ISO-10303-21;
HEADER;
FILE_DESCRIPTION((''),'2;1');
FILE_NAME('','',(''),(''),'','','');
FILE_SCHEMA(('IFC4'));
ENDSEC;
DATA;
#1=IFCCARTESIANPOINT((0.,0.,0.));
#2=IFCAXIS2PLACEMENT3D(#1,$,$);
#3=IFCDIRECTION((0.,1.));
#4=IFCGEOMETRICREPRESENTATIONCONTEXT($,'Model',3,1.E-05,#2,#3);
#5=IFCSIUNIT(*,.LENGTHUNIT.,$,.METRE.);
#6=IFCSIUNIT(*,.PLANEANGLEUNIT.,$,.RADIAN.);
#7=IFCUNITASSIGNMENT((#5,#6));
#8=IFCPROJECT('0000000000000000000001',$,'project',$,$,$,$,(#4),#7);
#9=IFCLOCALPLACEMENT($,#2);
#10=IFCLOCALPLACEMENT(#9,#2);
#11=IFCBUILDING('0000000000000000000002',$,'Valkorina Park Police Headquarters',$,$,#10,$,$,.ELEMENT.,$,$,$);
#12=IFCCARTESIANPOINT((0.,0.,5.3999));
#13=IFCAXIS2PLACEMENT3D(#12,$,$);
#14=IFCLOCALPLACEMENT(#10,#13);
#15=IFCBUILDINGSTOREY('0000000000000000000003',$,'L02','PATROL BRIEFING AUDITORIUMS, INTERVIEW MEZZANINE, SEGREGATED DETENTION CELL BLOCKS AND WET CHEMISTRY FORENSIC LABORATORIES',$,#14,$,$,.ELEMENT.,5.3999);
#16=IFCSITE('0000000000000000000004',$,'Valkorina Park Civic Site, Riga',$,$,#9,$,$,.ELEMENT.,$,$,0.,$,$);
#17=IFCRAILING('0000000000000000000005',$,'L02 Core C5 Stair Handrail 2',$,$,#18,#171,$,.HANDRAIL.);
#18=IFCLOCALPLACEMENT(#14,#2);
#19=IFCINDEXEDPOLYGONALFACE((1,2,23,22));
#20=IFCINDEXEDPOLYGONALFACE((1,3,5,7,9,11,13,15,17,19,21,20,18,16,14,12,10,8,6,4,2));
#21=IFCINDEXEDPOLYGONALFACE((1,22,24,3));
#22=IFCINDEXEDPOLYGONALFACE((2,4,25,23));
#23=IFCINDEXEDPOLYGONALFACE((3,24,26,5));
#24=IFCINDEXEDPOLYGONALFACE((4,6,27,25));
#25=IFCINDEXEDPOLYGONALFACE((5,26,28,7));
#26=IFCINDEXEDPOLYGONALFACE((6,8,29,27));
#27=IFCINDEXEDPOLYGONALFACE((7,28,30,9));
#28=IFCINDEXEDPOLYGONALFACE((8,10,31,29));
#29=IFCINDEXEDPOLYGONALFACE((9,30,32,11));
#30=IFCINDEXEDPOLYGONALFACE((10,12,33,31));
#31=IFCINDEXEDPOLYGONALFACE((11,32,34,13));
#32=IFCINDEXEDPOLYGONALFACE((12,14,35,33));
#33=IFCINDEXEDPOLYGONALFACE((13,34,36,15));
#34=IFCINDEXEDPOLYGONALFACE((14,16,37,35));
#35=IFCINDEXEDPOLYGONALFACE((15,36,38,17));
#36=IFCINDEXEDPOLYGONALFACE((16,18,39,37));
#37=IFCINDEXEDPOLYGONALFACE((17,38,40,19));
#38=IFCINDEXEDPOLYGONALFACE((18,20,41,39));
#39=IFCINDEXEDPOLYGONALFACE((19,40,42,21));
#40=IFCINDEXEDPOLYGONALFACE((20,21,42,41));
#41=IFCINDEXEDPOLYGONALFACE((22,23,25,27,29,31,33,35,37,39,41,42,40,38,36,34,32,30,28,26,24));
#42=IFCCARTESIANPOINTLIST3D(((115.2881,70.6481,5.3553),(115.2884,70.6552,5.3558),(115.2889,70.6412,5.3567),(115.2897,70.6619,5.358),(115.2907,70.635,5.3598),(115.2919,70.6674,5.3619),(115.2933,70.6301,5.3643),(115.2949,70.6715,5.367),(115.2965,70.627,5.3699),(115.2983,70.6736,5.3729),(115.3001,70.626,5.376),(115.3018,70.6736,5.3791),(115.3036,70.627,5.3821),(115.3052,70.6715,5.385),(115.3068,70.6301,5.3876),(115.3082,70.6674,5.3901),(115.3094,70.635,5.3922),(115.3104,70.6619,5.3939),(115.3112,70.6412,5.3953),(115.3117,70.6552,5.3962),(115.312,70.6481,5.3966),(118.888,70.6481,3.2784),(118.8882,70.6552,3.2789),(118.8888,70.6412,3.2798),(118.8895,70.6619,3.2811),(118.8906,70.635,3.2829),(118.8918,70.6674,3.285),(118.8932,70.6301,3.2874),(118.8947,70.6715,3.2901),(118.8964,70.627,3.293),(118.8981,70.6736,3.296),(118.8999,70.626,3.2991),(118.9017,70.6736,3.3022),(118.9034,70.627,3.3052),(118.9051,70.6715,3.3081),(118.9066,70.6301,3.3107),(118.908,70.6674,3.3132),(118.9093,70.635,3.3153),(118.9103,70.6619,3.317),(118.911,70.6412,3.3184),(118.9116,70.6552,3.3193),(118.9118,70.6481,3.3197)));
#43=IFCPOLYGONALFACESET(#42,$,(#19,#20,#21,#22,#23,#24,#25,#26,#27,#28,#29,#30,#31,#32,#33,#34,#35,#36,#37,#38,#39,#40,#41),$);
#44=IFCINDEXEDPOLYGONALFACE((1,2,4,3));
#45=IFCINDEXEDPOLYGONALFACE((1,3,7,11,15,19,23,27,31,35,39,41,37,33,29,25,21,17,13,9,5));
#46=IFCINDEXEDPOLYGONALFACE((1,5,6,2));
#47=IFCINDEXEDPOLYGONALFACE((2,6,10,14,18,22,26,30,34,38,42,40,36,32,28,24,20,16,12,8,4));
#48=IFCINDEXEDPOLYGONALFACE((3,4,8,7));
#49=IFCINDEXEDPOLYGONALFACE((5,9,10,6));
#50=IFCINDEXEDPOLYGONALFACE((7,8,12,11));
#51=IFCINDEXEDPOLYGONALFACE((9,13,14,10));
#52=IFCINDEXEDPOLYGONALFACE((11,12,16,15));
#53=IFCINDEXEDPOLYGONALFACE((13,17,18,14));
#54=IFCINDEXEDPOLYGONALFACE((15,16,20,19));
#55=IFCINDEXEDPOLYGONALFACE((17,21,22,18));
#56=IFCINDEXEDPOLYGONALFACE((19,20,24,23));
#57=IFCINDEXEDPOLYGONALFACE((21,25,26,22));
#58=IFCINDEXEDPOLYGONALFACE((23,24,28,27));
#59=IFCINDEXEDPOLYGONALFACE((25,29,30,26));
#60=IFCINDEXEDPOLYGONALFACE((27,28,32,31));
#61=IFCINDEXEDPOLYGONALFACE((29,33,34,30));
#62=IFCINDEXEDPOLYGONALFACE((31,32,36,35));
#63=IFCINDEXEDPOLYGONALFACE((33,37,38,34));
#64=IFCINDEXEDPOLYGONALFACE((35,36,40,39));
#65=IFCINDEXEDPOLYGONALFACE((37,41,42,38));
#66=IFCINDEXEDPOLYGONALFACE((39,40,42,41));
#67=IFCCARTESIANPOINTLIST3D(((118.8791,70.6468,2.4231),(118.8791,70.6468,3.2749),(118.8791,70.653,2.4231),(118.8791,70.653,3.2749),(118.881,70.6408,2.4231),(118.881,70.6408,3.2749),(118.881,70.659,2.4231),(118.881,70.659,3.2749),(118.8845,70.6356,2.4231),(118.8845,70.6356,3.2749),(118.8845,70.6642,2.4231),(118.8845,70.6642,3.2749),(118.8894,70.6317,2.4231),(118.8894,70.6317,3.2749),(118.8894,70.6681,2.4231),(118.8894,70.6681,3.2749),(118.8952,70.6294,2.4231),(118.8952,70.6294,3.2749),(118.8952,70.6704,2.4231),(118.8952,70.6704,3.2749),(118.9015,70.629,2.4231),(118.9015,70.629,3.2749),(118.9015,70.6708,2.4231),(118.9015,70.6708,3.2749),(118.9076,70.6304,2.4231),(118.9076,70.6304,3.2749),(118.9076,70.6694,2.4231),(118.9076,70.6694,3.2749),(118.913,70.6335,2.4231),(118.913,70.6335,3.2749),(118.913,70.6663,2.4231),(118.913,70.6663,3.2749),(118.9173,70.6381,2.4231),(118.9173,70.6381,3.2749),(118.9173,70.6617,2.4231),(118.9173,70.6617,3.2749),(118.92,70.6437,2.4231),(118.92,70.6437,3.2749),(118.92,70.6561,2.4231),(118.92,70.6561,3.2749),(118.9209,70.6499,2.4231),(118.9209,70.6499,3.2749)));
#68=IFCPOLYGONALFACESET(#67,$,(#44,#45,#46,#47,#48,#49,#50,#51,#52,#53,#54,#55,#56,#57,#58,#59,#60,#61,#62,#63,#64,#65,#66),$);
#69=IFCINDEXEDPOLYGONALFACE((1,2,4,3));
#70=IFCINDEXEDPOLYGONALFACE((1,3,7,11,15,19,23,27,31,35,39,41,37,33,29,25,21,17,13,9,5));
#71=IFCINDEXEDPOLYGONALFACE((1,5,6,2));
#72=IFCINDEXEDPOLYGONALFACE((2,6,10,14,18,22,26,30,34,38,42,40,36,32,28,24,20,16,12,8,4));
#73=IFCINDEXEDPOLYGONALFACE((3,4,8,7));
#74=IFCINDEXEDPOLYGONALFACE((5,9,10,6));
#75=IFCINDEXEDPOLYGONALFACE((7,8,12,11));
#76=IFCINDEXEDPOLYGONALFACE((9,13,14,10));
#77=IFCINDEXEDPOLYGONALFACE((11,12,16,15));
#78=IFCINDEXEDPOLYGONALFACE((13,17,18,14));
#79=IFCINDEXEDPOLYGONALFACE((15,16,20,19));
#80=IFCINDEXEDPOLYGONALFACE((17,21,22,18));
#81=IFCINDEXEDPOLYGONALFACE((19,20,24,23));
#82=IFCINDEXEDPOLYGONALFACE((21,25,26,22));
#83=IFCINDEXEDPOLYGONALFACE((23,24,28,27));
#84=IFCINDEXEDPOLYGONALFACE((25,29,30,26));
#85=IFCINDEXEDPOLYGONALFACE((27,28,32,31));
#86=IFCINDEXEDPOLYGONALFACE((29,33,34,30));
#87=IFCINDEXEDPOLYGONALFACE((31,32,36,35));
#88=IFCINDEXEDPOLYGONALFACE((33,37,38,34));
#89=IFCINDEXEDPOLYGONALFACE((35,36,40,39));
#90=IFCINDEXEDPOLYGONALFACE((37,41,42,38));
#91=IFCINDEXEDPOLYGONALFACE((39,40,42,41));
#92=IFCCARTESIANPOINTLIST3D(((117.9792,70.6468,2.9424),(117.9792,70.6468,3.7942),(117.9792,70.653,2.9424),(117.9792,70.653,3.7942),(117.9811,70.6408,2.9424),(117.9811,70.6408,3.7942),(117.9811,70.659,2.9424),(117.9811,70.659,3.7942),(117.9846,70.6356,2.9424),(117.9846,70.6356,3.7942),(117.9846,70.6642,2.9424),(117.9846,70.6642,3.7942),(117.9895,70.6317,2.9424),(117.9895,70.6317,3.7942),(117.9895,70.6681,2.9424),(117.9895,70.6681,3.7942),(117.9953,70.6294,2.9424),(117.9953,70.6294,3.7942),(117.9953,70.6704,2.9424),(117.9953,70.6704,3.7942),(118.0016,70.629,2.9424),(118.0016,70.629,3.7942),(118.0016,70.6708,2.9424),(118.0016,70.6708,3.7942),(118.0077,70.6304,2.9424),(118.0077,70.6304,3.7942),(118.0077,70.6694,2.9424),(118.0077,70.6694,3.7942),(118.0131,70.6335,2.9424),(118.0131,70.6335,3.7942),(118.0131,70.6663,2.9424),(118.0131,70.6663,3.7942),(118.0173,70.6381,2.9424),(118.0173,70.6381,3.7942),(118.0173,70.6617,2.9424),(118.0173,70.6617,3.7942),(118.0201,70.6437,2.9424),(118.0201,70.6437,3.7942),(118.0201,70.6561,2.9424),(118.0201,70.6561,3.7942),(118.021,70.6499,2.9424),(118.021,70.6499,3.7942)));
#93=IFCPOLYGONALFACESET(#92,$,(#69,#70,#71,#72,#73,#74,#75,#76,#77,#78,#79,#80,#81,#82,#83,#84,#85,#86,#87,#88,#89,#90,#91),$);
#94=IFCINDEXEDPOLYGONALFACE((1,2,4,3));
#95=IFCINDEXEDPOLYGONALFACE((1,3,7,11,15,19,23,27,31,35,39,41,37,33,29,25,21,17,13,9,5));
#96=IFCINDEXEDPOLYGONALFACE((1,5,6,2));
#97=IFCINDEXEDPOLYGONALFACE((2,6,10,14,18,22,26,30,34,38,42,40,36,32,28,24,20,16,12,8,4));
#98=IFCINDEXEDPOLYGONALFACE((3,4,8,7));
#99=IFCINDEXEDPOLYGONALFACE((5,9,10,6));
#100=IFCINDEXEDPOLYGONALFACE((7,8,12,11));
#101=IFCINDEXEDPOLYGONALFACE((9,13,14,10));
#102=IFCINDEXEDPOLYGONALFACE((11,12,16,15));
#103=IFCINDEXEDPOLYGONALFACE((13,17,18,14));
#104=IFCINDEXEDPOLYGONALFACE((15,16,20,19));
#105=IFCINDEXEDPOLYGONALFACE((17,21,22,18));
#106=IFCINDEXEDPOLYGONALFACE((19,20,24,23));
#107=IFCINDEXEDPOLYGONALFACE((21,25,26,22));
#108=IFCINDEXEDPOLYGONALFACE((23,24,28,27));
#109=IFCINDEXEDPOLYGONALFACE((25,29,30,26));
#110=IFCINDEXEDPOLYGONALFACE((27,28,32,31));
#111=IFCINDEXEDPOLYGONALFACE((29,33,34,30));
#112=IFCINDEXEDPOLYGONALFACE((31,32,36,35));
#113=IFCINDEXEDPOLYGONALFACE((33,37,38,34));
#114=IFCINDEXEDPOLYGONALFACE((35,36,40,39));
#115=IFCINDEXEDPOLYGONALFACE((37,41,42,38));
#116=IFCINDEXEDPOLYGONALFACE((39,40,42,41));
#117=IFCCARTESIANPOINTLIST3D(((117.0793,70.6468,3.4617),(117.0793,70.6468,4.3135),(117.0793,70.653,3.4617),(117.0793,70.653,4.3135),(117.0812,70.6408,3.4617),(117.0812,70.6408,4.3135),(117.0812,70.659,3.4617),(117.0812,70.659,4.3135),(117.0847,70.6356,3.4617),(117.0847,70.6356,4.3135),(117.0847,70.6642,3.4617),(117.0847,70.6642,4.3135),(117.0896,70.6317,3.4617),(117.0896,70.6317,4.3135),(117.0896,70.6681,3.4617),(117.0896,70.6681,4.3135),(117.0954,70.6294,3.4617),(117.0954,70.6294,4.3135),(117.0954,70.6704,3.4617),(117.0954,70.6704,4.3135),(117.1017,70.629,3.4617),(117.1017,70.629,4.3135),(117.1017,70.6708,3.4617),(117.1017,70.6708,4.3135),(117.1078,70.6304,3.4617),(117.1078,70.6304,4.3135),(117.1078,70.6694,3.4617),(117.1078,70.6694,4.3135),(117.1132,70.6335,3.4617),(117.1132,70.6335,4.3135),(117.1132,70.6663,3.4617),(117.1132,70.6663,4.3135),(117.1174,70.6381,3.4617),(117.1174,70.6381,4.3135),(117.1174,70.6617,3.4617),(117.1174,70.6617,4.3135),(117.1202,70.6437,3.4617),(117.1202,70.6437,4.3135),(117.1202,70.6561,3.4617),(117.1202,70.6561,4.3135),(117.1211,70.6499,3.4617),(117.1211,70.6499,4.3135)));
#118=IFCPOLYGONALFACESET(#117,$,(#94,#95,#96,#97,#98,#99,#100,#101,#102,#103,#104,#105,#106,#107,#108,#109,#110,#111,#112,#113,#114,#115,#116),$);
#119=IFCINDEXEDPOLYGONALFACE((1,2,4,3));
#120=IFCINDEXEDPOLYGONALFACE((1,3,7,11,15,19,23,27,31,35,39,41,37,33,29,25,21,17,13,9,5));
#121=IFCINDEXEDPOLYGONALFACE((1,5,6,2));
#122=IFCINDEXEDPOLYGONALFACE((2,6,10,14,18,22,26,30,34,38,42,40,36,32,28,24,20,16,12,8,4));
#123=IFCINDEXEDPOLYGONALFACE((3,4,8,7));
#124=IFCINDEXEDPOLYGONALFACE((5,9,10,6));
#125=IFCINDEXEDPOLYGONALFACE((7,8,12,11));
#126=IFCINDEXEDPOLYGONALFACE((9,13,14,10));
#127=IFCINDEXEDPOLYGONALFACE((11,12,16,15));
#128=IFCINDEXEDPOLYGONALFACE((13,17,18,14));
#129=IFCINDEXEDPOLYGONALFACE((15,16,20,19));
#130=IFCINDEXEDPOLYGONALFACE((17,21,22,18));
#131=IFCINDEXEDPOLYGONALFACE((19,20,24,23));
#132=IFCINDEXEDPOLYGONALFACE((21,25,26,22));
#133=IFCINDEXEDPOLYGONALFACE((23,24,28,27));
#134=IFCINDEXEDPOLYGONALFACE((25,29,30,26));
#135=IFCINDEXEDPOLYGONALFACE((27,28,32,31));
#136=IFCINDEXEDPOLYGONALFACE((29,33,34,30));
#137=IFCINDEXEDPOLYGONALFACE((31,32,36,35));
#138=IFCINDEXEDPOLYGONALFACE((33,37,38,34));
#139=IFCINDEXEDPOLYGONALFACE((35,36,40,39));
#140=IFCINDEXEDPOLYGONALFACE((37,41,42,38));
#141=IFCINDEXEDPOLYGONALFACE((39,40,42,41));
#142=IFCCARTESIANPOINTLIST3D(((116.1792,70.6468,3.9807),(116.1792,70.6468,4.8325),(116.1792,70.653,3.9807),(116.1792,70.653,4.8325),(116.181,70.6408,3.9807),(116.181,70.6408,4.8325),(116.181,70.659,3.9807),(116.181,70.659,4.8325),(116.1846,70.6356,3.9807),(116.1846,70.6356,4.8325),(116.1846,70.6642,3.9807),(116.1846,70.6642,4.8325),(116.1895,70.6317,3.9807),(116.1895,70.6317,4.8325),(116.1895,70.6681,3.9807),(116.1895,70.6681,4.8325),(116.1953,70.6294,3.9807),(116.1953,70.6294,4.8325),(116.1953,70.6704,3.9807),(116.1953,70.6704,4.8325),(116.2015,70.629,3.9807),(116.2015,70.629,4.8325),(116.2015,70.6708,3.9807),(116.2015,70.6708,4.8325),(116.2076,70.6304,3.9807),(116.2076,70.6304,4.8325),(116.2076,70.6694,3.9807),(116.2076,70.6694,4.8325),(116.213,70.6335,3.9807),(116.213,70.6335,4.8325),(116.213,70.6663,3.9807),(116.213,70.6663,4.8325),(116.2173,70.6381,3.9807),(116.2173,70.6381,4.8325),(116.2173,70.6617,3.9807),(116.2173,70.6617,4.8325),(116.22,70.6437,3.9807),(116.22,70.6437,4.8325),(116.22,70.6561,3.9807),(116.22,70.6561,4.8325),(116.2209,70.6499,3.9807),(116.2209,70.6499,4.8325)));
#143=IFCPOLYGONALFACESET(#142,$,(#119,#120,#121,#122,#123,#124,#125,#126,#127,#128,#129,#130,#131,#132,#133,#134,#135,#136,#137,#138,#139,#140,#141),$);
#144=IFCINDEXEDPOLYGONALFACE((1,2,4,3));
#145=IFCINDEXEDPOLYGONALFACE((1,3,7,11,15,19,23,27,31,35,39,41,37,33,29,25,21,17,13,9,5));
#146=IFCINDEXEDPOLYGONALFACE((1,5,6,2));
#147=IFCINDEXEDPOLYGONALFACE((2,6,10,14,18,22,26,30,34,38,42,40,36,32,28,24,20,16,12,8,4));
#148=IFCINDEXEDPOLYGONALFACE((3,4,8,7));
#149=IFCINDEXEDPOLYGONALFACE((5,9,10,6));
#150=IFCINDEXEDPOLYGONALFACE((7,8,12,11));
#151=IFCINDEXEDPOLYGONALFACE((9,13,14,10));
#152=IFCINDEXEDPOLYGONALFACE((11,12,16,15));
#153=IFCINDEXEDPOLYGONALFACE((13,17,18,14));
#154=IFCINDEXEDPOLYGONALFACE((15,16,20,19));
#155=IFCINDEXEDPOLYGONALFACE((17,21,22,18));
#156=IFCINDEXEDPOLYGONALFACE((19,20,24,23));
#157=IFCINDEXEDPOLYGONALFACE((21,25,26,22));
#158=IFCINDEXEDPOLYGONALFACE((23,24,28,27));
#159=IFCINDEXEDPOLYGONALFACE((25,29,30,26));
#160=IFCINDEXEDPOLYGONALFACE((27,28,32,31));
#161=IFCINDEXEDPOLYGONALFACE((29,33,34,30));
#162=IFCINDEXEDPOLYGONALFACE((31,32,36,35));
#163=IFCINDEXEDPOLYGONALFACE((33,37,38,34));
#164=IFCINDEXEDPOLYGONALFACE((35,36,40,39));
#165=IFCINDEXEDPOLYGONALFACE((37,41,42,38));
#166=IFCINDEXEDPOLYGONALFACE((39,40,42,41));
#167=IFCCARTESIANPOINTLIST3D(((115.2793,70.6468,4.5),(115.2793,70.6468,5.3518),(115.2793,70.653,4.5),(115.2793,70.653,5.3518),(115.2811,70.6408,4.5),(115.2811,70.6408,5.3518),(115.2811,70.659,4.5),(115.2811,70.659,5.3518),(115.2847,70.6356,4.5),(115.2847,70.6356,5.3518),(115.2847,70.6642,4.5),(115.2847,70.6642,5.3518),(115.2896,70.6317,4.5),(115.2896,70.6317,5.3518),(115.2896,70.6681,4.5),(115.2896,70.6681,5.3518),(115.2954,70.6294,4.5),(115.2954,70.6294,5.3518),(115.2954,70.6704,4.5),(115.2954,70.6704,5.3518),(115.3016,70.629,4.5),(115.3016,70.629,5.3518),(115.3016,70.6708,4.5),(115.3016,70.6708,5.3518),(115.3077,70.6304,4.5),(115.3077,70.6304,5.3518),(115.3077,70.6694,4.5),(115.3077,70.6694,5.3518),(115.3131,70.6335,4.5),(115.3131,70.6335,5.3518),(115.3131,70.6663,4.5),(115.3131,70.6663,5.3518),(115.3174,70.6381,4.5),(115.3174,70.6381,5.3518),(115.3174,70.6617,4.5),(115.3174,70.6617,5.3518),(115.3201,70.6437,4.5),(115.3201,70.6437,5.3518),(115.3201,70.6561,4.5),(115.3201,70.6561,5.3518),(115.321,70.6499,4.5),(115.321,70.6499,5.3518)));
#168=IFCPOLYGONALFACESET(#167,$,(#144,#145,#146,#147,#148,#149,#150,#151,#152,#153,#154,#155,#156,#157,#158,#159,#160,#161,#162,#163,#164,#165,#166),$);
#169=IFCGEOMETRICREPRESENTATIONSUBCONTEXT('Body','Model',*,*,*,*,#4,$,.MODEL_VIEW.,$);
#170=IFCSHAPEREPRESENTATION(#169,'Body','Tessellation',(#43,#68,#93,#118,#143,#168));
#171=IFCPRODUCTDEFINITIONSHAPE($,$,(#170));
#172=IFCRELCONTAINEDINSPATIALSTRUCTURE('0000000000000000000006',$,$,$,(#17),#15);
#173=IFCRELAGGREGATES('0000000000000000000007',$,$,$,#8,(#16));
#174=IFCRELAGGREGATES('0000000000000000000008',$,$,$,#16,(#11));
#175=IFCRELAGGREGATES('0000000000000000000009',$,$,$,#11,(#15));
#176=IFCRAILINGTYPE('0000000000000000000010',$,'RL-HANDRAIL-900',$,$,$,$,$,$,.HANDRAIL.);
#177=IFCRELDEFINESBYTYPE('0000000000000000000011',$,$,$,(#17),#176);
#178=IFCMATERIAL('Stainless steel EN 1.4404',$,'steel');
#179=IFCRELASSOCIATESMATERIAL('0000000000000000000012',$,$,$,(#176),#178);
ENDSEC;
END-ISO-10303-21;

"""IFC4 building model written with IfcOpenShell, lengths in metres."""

from ifc_helpers import new_model, si_unit, direction, frame, origin, origin_2d, place, context, subcontext, project, spatial, circle, extrude, material, type_object, element, save


model = new_model("IFC4")

# Units and contexts
model_context = context("Model", 3, precision=1e-05, world=origin(), true_north=direction((0.0, 1.0)))
body_context = subcontext(model_context, "Body", "Model", "MODEL_VIEW")
ifc_project = project(units=[si_unit("LENGTHUNIT", "METRE"), si_unit("PLANEANGLEUNIT", "RADIAN")], contexts=[model_context])

# Site, building, storey
site_placement = place(None, origin())
site = spatial("IfcSite", under=ifc_project, at=site_placement, Name="Valkorina Park Civic Site, Riga", CompositionType="ELEMENT", RefElevation=0.0)
building_placement = place(site_placement, origin())
building = spatial("IfcBuilding", under=site, at=building_placement, Name="Valkorina Park Police Headquarters", CompositionType="ELEMENT")
storey_placement = place(building_placement, frame((0.0, 0.0, 5.3999)))
storey = spatial("IfcBuildingStorey", under=building, at=storey_placement, Name="L02", Description="PATROL BRIEFING AUDITORIUMS, INTERVIEW MEZZANINE, SEGREGATED DETENTION CELL BLOCKS AND WET CHEMISTRY FORENSIC LABORATORIES", CompositionType="ELEMENT", Elevation=5.3999)

# Railing
ifc_material_1 = material(Name="Stainless steel EN 1.4404", Category="steel")
railing_type = type_object("IfcRailingType", Name="RL-HANDRAIL-900", PredefinedType="HANDRAIL", material=ifc_material_1)
railing_placement = place(storey_placement, frame((118.8999, 70.6499, 2.4231)))
element("IfcRailing", 1, at=railing_placement, inside=storey, type_object=railing_type, Name="L02 Core C5 Stair Handrail 2", PredefinedType="HANDRAIL", context=body_context, shape_type="SweptSolid", body=[
    extrude(circle(Radius=0.0239, at=origin_2d()), frame((0.0, 0.0, 0.876), z_axis=(-0.866179, 0.0, 0.499734), x_axis=(0.0, -1.0, 0.0)), (0.0, 0.0, 1.0), 4.156),
    extrude(circle(Radius=0.021, at=origin_2d()), origin(), (0.0, 0.0, 1.0), 0.8518),
    extrude(circle(Radius=0.021, at=origin_2d()), frame((-0.8999, 0.0, 0.5193)), (0.0, 0.0, 1.0), 0.8518),
    extrude(circle(Radius=0.021, at=origin_2d()), frame((-1.7998, 0.0, 1.0386)), (0.0, 0.0, 1.0), 0.8518),
    extrude(circle(Radius=0.021, at=origin_2d()), frame((-2.7, 0.0, 1.5576)), (0.0, 0.0, 1.0), 0.8518),
    extrude(circle(Radius=0.021, at=origin_2d()), frame((-3.5999, 0.0, 2.0769)), (0.0, 0.0, 1.0), 0.8518),
])

save(model, "model.ifc")
